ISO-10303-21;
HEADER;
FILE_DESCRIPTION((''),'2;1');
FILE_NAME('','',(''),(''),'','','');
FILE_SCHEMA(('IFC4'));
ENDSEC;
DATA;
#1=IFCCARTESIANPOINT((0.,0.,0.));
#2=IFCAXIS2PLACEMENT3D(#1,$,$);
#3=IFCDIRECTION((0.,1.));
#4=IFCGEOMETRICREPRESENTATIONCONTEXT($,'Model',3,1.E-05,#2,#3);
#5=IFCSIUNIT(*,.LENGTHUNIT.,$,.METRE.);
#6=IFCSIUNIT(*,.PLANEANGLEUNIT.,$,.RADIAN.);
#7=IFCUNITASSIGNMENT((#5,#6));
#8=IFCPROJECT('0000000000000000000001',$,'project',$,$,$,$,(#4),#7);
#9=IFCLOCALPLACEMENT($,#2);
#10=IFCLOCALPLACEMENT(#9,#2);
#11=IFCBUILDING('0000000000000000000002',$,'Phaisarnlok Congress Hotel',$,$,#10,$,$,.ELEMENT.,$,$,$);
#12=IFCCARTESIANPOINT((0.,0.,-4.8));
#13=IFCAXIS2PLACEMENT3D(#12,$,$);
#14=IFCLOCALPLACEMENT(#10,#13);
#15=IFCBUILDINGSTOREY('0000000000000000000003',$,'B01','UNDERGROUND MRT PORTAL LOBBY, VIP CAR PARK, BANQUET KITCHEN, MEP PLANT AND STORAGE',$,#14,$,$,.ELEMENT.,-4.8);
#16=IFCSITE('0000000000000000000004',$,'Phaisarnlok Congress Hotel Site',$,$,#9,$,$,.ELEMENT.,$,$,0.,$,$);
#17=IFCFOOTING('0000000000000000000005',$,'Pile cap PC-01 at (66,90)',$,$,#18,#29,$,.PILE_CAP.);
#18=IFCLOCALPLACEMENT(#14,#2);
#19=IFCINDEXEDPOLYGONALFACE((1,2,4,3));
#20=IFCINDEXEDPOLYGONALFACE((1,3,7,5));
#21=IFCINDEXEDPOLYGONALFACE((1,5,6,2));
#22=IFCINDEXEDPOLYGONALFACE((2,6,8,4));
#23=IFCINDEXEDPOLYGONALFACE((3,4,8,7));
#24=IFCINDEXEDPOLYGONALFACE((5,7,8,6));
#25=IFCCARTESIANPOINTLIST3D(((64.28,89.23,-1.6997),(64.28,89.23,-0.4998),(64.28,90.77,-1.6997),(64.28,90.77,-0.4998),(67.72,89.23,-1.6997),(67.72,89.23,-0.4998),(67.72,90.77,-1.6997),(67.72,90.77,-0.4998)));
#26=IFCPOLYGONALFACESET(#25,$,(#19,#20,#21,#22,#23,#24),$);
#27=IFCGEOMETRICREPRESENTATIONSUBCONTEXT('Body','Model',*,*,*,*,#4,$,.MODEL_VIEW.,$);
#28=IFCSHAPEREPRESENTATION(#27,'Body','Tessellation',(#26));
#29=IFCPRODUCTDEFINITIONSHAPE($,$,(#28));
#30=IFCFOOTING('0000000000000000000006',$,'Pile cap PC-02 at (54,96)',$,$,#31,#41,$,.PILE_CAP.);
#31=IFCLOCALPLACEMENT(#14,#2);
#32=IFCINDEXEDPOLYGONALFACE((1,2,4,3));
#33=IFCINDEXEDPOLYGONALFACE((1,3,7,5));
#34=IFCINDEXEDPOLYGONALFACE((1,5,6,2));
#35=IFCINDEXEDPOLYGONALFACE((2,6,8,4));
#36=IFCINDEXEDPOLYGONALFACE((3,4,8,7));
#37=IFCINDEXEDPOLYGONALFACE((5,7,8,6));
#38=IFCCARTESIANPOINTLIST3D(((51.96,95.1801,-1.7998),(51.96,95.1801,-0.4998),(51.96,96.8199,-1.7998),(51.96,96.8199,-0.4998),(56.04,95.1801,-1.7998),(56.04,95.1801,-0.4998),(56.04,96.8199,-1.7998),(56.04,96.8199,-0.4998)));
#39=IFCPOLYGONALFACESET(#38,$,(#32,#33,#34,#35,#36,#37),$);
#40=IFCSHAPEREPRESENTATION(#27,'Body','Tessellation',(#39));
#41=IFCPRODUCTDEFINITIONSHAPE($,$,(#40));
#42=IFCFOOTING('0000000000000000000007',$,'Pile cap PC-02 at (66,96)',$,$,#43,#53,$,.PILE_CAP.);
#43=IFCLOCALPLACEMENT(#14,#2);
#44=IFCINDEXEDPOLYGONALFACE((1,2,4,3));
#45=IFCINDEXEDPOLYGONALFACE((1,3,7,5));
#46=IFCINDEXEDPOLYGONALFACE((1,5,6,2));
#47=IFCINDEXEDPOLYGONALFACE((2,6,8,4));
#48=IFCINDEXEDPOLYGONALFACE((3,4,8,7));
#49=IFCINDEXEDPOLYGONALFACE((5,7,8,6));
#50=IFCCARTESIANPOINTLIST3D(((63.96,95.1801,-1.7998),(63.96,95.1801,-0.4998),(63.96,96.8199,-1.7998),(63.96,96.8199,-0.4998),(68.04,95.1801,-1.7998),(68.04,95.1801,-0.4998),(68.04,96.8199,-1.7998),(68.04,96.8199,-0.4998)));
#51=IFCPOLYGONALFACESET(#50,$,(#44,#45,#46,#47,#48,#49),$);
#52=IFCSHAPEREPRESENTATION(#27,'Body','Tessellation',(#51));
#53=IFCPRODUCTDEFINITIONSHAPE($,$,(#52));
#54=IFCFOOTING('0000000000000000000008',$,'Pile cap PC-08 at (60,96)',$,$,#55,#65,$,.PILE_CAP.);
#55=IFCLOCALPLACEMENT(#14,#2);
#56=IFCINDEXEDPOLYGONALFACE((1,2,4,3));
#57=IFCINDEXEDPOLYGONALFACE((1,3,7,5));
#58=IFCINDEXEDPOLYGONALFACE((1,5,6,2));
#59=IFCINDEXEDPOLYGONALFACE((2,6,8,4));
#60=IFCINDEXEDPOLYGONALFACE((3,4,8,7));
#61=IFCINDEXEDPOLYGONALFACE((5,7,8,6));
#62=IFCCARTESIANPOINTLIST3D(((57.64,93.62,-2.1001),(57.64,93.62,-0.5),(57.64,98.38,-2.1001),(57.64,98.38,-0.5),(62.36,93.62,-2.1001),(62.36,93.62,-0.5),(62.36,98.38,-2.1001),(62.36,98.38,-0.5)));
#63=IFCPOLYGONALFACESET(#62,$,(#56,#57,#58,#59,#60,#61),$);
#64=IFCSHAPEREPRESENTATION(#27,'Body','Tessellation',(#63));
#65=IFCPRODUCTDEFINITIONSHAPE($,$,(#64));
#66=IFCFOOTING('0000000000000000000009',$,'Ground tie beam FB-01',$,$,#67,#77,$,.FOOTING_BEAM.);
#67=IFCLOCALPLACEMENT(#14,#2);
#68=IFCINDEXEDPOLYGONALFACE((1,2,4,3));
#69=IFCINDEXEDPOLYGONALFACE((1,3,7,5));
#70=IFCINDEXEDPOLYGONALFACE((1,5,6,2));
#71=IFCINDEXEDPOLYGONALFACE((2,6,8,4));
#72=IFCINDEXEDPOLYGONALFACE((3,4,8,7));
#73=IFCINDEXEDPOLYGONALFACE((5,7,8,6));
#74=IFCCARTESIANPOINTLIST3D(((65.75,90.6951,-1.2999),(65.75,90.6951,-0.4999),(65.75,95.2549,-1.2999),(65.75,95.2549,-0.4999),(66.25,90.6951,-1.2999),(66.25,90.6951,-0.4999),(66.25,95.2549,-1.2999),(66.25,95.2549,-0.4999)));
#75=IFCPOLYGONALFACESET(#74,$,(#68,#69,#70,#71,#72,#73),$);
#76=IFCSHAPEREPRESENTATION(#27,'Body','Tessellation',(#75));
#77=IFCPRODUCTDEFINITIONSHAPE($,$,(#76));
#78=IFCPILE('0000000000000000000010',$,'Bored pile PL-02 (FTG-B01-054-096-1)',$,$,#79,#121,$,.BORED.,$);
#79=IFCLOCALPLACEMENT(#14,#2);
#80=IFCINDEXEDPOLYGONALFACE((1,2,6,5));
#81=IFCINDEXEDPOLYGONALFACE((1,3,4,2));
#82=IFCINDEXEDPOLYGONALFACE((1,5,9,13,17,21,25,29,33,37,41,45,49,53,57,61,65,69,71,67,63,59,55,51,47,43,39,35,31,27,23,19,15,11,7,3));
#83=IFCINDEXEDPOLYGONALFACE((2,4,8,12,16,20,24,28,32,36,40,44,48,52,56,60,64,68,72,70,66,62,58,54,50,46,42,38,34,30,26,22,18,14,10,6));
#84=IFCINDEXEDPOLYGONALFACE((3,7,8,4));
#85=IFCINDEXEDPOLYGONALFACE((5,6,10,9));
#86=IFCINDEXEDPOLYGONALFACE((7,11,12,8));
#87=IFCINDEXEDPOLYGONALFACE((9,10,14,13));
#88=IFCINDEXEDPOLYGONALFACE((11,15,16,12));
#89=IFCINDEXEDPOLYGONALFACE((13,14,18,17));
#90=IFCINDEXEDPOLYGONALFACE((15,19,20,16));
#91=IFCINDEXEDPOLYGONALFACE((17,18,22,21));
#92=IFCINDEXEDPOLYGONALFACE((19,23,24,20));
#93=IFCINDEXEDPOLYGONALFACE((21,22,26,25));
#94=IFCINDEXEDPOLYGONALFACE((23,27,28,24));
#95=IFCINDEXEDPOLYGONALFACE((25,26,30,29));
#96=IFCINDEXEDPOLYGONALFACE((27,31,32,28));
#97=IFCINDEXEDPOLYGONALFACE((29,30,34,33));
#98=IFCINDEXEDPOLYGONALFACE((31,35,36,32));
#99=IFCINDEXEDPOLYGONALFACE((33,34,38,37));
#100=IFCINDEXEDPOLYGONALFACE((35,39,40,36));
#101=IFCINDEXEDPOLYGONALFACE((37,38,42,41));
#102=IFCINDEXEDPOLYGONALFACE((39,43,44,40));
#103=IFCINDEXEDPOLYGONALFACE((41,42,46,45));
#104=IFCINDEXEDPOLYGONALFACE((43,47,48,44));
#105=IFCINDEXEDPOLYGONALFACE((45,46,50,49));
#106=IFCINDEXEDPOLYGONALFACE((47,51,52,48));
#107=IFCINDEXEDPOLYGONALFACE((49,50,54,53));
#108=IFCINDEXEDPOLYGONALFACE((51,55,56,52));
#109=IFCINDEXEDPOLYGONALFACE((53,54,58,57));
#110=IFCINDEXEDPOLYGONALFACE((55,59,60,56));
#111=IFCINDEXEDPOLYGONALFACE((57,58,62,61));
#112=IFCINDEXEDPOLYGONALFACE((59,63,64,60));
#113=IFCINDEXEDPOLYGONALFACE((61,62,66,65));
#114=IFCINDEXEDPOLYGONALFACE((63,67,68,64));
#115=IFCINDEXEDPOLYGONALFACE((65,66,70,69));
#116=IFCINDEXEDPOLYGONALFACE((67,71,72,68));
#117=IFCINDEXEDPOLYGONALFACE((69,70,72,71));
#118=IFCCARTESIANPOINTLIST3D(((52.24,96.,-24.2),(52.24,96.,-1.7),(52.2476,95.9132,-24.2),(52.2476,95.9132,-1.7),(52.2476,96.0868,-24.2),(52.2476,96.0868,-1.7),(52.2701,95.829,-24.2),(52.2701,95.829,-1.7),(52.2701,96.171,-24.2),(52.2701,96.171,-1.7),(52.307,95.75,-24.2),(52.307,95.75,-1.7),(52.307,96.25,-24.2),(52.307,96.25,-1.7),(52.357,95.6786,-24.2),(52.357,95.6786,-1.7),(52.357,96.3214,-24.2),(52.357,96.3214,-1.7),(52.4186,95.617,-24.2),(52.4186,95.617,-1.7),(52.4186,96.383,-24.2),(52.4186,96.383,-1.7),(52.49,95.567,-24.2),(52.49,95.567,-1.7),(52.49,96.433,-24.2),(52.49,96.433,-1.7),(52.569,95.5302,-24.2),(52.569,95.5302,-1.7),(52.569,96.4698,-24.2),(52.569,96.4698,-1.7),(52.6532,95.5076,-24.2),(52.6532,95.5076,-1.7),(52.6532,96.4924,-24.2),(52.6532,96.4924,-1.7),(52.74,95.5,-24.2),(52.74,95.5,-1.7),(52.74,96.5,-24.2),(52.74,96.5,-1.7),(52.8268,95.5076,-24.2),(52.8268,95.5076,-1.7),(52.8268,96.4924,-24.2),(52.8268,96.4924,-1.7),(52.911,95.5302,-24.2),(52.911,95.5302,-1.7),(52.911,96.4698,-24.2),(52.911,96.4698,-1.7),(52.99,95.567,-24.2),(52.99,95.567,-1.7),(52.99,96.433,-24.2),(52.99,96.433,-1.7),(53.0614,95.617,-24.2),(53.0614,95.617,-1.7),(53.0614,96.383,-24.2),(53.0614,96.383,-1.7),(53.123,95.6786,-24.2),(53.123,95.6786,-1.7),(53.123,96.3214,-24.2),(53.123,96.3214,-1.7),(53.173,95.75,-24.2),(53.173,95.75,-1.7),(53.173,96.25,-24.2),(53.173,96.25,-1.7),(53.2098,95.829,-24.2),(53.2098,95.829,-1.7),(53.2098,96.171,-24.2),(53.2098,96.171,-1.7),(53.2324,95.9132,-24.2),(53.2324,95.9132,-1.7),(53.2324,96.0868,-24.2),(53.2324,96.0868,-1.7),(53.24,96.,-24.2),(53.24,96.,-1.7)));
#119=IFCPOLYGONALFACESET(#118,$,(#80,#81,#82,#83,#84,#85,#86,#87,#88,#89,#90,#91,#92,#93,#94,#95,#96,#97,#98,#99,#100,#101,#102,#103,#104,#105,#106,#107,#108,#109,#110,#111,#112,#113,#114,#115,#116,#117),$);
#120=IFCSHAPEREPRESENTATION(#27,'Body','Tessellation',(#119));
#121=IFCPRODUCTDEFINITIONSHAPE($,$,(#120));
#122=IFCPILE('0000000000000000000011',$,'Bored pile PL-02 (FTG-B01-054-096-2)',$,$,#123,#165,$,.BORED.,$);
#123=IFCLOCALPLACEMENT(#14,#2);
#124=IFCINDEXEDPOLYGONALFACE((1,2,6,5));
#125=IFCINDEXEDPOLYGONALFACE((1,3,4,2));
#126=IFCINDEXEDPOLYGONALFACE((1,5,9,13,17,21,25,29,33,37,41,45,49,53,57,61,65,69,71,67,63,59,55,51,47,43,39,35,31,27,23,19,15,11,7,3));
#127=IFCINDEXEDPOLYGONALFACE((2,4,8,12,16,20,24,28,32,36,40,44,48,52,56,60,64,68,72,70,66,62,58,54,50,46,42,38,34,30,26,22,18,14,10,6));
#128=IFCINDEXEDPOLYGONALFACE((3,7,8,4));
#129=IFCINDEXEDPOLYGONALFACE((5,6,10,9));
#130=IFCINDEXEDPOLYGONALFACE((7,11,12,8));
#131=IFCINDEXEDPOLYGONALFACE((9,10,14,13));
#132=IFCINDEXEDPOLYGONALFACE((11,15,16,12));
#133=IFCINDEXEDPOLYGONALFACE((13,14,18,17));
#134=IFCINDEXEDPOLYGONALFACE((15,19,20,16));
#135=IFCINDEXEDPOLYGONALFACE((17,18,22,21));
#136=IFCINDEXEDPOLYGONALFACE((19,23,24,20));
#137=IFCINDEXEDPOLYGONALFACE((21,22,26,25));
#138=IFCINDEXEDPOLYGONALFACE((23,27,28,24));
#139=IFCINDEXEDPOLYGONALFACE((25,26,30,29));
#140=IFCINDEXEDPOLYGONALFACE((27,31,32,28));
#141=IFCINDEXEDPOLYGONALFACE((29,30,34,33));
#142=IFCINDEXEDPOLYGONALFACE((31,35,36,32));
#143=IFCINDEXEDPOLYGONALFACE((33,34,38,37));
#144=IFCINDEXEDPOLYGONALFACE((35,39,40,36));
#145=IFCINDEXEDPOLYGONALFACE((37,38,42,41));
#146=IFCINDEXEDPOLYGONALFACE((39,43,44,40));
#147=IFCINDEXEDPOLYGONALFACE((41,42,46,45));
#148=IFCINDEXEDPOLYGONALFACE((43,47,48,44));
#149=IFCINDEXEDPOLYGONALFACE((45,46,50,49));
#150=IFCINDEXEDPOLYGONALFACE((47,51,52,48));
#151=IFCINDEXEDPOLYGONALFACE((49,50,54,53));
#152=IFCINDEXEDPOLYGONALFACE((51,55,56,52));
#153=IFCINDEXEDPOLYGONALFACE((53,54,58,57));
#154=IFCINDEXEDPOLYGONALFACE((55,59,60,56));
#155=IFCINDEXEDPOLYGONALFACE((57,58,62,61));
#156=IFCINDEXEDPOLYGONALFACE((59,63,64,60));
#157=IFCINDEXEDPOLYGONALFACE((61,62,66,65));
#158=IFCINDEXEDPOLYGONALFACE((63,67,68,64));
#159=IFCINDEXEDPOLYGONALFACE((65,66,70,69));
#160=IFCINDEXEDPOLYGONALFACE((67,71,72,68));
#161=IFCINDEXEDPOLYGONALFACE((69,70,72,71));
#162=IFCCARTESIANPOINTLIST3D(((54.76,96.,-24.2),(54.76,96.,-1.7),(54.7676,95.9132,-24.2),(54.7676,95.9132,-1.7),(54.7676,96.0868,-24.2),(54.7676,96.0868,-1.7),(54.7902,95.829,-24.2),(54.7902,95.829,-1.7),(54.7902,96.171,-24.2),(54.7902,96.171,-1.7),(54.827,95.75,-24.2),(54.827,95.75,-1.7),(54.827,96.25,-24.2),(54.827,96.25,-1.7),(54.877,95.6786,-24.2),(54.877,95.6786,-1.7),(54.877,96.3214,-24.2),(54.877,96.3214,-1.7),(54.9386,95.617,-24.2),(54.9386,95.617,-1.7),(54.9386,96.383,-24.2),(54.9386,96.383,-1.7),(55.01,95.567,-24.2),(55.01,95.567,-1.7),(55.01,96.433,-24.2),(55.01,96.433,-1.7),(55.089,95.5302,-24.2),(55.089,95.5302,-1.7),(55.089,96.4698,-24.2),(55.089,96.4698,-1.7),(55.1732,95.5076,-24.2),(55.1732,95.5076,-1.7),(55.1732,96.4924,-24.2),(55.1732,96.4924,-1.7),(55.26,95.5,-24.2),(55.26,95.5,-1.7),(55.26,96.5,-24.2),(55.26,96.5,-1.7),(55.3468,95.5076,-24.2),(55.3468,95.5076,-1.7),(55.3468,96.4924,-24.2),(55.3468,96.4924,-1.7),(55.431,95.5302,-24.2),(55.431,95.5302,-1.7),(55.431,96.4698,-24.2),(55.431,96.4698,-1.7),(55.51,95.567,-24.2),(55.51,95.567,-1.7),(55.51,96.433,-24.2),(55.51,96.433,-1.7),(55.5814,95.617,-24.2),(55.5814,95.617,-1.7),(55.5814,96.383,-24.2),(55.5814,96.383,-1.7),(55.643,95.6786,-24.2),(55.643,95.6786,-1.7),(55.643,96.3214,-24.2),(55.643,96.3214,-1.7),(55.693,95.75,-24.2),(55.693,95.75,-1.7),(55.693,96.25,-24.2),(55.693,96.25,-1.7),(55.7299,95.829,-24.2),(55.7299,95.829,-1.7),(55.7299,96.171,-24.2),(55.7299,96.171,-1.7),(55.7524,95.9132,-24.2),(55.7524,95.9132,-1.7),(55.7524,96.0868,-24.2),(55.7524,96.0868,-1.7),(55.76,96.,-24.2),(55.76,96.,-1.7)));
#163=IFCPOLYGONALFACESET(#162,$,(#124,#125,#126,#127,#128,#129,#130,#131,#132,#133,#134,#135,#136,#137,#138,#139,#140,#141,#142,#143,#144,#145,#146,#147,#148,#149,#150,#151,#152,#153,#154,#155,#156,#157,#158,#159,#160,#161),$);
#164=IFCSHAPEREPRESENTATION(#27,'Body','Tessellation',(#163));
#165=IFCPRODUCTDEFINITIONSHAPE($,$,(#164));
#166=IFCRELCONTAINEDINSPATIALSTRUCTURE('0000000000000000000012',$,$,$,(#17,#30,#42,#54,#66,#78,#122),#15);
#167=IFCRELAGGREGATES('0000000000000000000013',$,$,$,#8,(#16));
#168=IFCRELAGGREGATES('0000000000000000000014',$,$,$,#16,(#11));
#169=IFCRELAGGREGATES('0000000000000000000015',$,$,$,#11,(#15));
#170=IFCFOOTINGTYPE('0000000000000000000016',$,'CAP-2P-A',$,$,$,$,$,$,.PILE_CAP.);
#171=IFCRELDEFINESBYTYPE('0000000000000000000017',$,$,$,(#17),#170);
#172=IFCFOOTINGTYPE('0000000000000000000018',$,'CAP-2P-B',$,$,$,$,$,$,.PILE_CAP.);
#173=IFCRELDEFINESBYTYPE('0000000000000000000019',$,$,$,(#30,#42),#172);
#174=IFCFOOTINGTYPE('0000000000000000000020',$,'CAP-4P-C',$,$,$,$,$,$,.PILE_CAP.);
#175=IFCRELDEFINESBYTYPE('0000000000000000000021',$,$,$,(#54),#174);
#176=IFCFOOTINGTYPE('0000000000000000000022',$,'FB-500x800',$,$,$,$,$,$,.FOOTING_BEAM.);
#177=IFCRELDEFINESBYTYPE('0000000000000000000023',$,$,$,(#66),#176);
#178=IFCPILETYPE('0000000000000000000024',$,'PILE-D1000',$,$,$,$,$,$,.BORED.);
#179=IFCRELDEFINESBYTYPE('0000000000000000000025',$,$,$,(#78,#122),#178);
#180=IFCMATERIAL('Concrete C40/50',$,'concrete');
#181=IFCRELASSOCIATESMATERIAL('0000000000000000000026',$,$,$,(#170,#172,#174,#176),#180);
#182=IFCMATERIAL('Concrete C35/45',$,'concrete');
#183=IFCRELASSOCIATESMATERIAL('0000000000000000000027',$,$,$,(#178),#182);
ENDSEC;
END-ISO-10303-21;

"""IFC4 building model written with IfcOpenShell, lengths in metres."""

from ifc_helpers import new_model, si_unit, direction, frame, origin, origin_2d, place, context, subcontext, project, spatial, rectangle, circle, extrude, material, material_profile, profile_set, type_object, element, save


model = new_model("IFC4")

# Units and contexts
model_context = context("Model", 3, precision=1e-05, world=origin(), true_north=direction((0.0, 1.0)))
body_context = subcontext(model_context, "Body", "Model", "MODEL_VIEW")
ifc_project = project(units=[si_unit("LENGTHUNIT", "METRE"), si_unit("PLANEANGLEUNIT", "RADIAN")], contexts=[model_context])

# Site, building, storey
site_placement = place(None, origin())
site = spatial("IfcSite", under=ifc_project, at=site_placement, Name="Phaisarnlok Congress Hotel Site", CompositionType="ELEMENT", RefElevation=0.0)
building_placement = place(site_placement, origin())
building = spatial("IfcBuilding", under=site, at=building_placement, Name="Phaisarnlok Congress Hotel", CompositionType="ELEMENT")
storey_placement = place(building_placement, frame((0.0, 0.0, -4.8)))
storey = spatial("IfcBuildingStorey", under=building, at=storey_placement, Name="B01", Description="UNDERGROUND MRT PORTAL LOBBY, VIP CAR PARK, BANQUET KITCHEN, MEP PLANT AND STORAGE", CompositionType="ELEMENT", Elevation=-4.8)

# Footings
ifc_material_1 = material(Name="Concrete C40/50", Category="concrete")
footing_type_1 = type_object("IfcFootingType", Name="CAP-2P-A", PredefinedType="PILE_CAP", material=ifc_material_1)
footing_1_placement = place(storey_placement, frame((66.0, 90.0, -1.6997), z_axis=(0.0, 0.0, 1.0), x_axis=(1.0, 0.0, 0.0)))
element("IfcFooting", 1, at=footing_1_placement, inside=storey, type_object=footing_type_1, Name="Pile cap PC-01 at (66,90)", PredefinedType="PILE_CAP", context=body_context, shape_type="SweptSolid", body=[
    extrude(rectangle(XDim=3.4399, YDim=1.54, at=origin_2d()), origin(), (0.0, 0.0, 1.0), 1.2),
])
footing_type_2 = type_object("IfcFootingType", Name="CAP-2P-B", PredefinedType="PILE_CAP", material=ifc_material_1)
for number, where, z_axis, x_axis, name in (
    (2, (54.0, 96.0, -1.7998), (0.0, 0.0, 1.0), (1.0, 0.0, 0.0), "Pile cap PC-02 at (54,96)"),
    (3, (66.0, 96.0, -1.7998), (0.0, 0.0, 1.0), (1.0, 0.0, 0.0), "Pile cap PC-02 at (66,96)"),
):
    element("IfcFooting", number, at=place(storey_placement, frame(where, z_axis=z_axis, x_axis=x_axis)), inside=storey, type_object=footing_type_2, Name=name, PredefinedType="PILE_CAP", context=body_context, shape_type="SweptSolid", body=[
        extrude(rectangle(XDim=4.0801, YDim=1.6399, at=origin_2d()), origin(), (0.0, 0.0, 1.0), 1.3),
    ])
footing_type_3 = type_object("IfcFootingType", Name="CAP-4P-C", PredefinedType="PILE_CAP", material=ifc_material_1)
footing_2_placement = place(storey_placement, frame((60.0, 96.0, -2.1001), z_axis=(0.0, 0.0, 1.0), x_axis=(1.0, 0.0, 0.0)))
element("IfcFooting", 4, at=footing_2_placement, inside=storey, type_object=footing_type_3, Name="Pile cap PC-08 at (60,96)", PredefinedType="PILE_CAP", context=body_context, shape_type="SweptSolid", body=[
    extrude(rectangle(XDim=4.72, YDim=4.76, at=origin_2d()), origin(), (0.0, 0.0, 1.0), 1.6001),
])
ifc_material_profile_1 = material_profile(ifc_material_1, rectangle(XDim=0.5, YDim=0.8, at=origin_2d()), Name="FB-500x800")
ifc_profile_set_1 = profile_set([ifc_material_profile_1], Name="Concrete C40/50")
footing_type_4 = type_object("IfcFootingType", Name="FB-500x800", PredefinedType="FOOTING_BEAM", material=ifc_profile_set_1)
footing_3_placement = place(storey_placement, frame((66.0, 90.6951, -0.8999), z_axis=(0.0, 1.0, 0.0), x_axis=(-1.0, 0.0, 0.0)))
element("IfcFooting", 5, at=footing_3_placement, inside=storey, type_object=footing_type_4, Name="Ground tie beam FB-01", PredefinedType="FOOTING_BEAM", context=body_context, shape_type="SweptSolid", body=[
    extrude(rectangle(XDim=0.5, YDim=0.8, at=origin_2d()), origin(), (0.0, 0.0, 1.0), 4.5598),
])

# Piles
ifc_material_2 = material(Name="Concrete C35/45", Category="concrete")
ifc_material_profile_2 = material_profile(ifc_material_2, circle(Radius=0.5, at=origin_2d()), Name="BORED PILE D1000")
ifc_profile_set_2 = profile_set([ifc_material_profile_2], Name="Concrete C35/45")
pile_type_1 = type_object("IfcPileType", Name="PILE-D1000", PredefinedType="BORED", material=ifc_profile_set_2)
for number, where, z_axis, x_axis, name in (
    (6, (52.74, 96.0, -1.7), (0.0, 0.0, -1.0), (1.0, 0.0, 0.0), "Bored pile PL-02 (FTG-B01-054-096-1)"),
    (7, (55.26, 96.0, -1.7), (0.0, 0.0, -1.0), (1.0, 0.0, 0.0), "Bored pile PL-02 (FTG-B01-054-096-2)"),
):
    element("IfcPile", number, at=place(storey_placement, frame(where, z_axis=z_axis, x_axis=x_axis)), inside=storey, type_object=pile_type_1, Name=name, PredefinedType="BORED", context=body_context, shape_type="SweptSolid", body=[
        extrude(circle(Radius=0.5, at=origin_2d()), origin(), (0.0, 0.0, 1.0), 22.5),
    ])

save(model, "model.ifc")
